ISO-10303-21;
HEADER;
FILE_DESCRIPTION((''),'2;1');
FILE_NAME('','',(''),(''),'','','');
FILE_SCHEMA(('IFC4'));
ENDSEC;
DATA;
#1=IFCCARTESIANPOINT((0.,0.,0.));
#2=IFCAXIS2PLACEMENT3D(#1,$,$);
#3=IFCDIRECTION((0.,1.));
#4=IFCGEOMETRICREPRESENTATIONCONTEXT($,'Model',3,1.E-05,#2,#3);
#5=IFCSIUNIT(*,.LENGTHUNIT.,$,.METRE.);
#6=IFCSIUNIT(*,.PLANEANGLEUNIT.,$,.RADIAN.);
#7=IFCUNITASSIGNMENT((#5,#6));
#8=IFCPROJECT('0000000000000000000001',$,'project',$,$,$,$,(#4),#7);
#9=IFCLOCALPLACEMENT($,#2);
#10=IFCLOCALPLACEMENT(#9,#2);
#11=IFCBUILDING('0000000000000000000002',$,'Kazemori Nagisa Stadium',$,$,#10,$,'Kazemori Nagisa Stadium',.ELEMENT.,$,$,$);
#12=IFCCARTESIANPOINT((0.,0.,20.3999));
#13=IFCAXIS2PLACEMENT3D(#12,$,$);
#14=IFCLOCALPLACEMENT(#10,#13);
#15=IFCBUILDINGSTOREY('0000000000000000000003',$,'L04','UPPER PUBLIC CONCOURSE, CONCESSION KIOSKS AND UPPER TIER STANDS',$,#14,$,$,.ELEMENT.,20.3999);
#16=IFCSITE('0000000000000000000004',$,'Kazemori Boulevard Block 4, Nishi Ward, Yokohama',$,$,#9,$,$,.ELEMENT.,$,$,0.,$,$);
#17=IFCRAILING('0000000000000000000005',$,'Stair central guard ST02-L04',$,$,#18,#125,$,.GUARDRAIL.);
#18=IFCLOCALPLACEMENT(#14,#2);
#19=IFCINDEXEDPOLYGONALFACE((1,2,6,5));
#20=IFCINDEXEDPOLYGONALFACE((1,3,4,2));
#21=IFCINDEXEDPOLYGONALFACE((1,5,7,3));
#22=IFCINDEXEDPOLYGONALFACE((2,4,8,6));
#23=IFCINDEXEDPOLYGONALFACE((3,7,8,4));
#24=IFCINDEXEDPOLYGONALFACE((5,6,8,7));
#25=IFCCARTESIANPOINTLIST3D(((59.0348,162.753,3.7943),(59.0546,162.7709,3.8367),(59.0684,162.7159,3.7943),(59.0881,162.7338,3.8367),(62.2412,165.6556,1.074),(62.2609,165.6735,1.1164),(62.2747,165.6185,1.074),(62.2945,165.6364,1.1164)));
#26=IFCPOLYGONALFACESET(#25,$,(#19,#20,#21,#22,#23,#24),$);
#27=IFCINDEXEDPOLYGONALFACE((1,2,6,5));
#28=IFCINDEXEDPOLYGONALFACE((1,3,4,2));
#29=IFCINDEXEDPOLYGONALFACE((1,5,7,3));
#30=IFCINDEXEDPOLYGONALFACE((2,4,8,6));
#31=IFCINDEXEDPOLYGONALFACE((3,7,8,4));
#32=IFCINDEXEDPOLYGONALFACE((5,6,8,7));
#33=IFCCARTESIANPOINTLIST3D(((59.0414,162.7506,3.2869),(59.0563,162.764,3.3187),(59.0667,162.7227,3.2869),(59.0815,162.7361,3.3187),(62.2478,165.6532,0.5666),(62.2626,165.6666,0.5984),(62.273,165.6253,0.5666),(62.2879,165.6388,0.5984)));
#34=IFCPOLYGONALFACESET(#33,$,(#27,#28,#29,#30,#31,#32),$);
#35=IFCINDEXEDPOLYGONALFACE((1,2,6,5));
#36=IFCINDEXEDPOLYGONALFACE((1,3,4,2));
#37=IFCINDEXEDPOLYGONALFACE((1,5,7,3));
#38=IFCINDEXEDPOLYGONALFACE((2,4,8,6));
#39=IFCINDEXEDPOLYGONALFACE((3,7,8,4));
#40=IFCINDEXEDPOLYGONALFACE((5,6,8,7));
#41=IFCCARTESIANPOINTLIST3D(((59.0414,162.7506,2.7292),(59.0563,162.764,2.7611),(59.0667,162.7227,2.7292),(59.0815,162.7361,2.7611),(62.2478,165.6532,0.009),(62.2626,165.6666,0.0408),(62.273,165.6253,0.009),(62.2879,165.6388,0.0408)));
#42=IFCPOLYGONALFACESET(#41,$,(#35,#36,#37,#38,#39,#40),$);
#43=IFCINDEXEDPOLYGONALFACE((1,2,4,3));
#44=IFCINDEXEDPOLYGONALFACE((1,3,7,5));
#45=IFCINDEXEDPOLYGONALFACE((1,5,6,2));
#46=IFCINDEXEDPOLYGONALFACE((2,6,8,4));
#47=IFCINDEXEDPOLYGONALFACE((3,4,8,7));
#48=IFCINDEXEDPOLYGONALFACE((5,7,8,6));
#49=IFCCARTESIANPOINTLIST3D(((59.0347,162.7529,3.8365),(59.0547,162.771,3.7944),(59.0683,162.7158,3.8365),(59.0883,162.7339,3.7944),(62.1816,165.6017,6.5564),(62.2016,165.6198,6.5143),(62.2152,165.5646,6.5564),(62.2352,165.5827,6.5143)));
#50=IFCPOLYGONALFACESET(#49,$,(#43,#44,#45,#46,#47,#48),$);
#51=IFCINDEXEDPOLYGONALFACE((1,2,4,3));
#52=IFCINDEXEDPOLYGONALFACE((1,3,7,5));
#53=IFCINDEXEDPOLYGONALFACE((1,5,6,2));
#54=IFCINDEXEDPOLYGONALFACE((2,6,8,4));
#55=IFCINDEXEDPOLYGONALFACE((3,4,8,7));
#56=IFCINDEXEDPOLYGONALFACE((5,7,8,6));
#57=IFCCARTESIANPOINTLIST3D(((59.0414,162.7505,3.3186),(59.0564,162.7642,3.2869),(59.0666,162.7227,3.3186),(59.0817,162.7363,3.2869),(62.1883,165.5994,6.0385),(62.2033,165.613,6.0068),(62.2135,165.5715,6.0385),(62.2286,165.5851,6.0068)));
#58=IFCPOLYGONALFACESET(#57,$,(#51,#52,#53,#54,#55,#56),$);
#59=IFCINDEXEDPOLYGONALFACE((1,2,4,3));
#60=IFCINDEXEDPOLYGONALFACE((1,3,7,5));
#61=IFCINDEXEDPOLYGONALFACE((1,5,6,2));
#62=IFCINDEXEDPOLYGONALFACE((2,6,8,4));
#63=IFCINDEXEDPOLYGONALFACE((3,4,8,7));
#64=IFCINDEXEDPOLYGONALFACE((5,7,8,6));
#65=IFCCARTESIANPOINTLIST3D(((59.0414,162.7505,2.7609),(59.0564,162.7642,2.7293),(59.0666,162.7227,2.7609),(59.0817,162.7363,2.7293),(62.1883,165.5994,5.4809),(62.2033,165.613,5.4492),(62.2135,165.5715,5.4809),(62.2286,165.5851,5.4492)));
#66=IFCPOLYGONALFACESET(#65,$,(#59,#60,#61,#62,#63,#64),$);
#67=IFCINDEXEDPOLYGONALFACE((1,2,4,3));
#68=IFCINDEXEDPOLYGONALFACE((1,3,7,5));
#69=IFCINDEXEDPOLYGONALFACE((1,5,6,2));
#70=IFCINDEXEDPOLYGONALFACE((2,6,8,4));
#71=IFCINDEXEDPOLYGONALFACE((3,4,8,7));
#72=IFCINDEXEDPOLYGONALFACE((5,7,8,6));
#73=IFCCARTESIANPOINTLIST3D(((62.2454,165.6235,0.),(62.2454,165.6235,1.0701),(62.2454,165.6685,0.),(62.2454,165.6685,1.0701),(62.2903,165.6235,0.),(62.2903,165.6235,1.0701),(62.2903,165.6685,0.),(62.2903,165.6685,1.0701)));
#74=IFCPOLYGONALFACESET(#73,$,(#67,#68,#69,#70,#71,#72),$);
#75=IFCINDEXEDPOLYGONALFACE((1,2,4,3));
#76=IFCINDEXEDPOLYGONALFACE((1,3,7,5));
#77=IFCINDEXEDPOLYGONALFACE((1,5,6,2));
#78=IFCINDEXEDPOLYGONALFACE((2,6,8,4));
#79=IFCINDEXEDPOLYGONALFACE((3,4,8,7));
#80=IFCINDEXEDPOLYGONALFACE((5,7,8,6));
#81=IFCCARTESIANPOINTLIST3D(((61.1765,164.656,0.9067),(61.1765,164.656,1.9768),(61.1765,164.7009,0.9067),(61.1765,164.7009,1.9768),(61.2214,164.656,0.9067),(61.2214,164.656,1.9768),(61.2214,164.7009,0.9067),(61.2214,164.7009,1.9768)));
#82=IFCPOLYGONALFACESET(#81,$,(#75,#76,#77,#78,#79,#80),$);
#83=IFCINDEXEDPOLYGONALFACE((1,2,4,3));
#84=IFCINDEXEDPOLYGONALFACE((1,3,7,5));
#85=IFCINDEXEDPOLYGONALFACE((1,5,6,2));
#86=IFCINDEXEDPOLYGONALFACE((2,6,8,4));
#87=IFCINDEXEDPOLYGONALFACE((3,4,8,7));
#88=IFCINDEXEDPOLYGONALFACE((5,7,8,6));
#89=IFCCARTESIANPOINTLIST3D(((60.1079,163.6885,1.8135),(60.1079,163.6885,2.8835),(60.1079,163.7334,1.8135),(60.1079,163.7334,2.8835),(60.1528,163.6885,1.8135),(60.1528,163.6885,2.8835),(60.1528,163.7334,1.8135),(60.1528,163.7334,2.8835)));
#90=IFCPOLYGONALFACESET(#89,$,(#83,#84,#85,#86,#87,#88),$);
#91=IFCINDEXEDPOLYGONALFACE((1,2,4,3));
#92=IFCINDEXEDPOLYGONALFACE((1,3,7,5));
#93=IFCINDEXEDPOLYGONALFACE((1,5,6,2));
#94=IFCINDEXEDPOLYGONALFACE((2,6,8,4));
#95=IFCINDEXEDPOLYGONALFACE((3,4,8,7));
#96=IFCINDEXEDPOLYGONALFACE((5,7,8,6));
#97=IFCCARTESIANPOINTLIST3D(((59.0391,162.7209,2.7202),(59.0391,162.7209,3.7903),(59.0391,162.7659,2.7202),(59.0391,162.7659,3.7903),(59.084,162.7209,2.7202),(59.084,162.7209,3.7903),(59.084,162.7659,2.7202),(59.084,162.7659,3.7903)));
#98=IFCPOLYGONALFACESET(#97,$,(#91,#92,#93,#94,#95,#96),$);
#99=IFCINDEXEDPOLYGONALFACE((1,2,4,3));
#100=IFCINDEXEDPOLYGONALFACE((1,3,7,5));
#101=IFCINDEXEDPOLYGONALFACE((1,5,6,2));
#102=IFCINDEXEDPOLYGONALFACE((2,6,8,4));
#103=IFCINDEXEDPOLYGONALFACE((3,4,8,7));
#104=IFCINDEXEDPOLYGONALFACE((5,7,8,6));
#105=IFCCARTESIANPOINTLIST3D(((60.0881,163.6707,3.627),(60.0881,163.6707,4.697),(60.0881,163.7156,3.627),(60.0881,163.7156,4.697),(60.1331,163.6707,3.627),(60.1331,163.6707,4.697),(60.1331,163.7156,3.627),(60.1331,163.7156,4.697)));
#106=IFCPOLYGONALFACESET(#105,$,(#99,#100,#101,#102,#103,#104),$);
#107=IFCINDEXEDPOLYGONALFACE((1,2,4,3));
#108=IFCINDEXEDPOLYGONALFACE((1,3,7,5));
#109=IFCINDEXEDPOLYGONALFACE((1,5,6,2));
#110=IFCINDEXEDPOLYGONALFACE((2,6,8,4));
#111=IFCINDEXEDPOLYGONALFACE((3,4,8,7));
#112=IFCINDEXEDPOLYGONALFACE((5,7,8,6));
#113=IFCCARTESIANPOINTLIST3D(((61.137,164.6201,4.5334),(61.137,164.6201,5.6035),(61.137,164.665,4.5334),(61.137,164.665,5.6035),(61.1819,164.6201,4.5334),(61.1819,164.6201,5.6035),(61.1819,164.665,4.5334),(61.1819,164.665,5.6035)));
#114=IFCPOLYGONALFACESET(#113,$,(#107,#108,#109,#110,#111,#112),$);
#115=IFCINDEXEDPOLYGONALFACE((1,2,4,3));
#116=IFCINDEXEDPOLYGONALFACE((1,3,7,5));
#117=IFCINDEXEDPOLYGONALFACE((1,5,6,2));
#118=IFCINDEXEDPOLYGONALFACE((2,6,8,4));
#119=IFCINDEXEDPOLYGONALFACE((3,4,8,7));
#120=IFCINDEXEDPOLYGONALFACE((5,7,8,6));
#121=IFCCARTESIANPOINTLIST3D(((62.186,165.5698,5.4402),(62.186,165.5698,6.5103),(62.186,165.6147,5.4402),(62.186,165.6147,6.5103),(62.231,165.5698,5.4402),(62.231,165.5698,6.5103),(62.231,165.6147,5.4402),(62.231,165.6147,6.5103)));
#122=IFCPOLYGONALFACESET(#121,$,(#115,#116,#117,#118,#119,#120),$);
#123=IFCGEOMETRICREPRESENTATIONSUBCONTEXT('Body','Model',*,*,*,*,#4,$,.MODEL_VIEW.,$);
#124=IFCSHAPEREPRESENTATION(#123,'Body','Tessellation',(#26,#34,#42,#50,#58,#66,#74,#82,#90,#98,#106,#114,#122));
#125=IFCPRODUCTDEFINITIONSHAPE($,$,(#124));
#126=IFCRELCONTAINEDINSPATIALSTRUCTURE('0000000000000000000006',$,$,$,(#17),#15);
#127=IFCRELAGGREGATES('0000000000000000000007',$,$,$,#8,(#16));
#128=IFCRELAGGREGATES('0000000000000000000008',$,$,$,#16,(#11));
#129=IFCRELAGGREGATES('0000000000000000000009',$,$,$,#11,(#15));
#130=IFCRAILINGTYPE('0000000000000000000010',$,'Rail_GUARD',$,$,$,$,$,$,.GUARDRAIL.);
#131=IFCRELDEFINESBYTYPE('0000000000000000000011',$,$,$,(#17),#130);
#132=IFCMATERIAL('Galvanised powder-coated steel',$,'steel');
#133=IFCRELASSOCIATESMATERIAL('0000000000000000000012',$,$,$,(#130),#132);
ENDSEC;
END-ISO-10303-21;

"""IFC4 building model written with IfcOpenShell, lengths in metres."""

from ifc_helpers import new_model, si_unit, direction, frame, origin, origin_2d, place, context, subcontext, project, spatial, rectangle, extrude, material, type_object, element, save


model = new_model("IFC4")

# Units and contexts
model_context = context("Model", 3, precision=1e-05, world=origin(), true_north=direction((0.0, 1.0)))
body_context = subcontext(model_context, "Body", "Model", "MODEL_VIEW")
ifc_project = project(units=[si_unit("LENGTHUNIT", "METRE"), si_unit("PLANEANGLEUNIT", "RADIAN")], contexts=[model_context])

# Site, building, storey
site_placement = place(None, origin())
site = spatial("IfcSite", under=ifc_project, at=site_placement, Name="Kazemori Boulevard Block 4, Nishi Ward, Yokohama", CompositionType="ELEMENT", RefElevation=0.0)
building_placement = place(site_placement, origin())
building = spatial("IfcBuilding", under=site, at=building_placement, Name="Kazemori Nagisa Stadium", LongName="Kazemori Nagisa Stadium", CompositionType="ELEMENT")
storey_placement = place(building_placement, frame((0.0, 0.0, 20.3999)))
storey = spatial("IfcBuildingStorey", under=building, at=storey_placement, Name="L04", Description="UPPER PUBLIC CONCOURSE, CONCESSION KIOSKS AND UPPER TIER STANDS", CompositionType="ELEMENT", Elevation=20.3999)

# Railing
ifc_material_1 = material(Name="Galvanised powder-coated steel", Category="steel")
railing_type_1 = type_object("IfcRailingType", Name="Rail_GUARD", PredefinedType="GUARDRAIL", material=ifc_material_1)
railing_1_placement = place(storey_placement, frame((62.2678, 165.646, 0.0)))
element("IfcRailing", 1, at=railing_1_placement, inside=storey, type_object=railing_type_1, Name="Stair central guard ST02-L04", PredefinedType="GUARDRAIL", context=body_context, shape_type="SweptSolid", body=[
    extrude(rectangle(XDim=0.05, YDim=0.05, at=origin_2d()), frame((0.0, 0.0, 1.0952), z_axis=(-0.627542, -0.568099, 0.532405), x_axis=(0.671123, -0.741346, 0.0)), (0.0, 0.0, 1.0), 5.1094),
    extrude(rectangle(XDim=0.0376, YDim=0.0376, at=origin_2d()), frame((0.0, 0.0, 0.5825), z_axis=(-0.627542, -0.568099, 0.532405), x_axis=(0.671123, -0.741346, 0.0)), (0.0, 0.0, 1.0), 5.1094),
    extrude(rectangle(XDim=0.0376, YDim=0.0376, at=origin_2d()), frame((0.0, 0.0, 0.0249), z_axis=(-0.627542, -0.568099, 0.532405), x_axis=(0.671123, -0.741346, 0.0)), (0.0, 0.0, 1.0), 5.1094),
    extrude(rectangle(XDim=0.05, YDim=0.05, at=origin_2d()), frame((-3.2063, -2.9026, 3.8154), z_axis=(0.624201, 0.565073, 0.539505), x_axis=(-0.671123, 0.741346, 0.0)), (0.0, 0.0, 1.0), 5.0415),
    extrude(rectangle(XDim=0.0376, YDim=0.0376, at=origin_2d()), frame((-3.2063, -2.9026, 3.3027), z_axis=(0.624201, 0.565073, 0.539505), x_axis=(-0.671123, 0.741346, 0.0)), (0.0, 0.0, 1.0), 5.0415),
    extrude(rectangle(XDim=0.0376, YDim=0.0376, at=origin_2d()), frame((-3.2063, -2.9026, 2.7451), z_axis=(0.624201, 0.565073, 0.539505), x_axis=(-0.671123, 0.741346, 0.0)), (0.0, 0.0, 1.0), 5.0415),
    extrude(rectangle(XDim=0.0449, YDim=0.0449, at=origin_2d()), origin(), (0.0, 0.0, 1.0), 1.0701),
    extrude(rectangle(XDim=0.0449, YDim=0.0449, at=origin_2d()), frame((-1.0688, -0.9675, 0.9067)), (0.0, 0.0, 1.0), 1.0701),
    extrude(rectangle(XDim=0.0449, YDim=0.0449, at=origin_2d()), frame((-2.1375, -1.9351, 1.8135)), (0.0, 0.0, 1.0), 1.0701),
    extrude(rectangle(XDim=0.0449, YDim=0.0449, at=origin_2d()), frame((-3.2063, -2.9026, 2.7202)), (0.0, 0.0, 1.0), 1.0701),
    extrude(rectangle(XDim=0.0449, YDim=0.0449, at=origin_2d()), frame((-2.1572, -1.9529, 3.627)), (0.0, 0.0, 1.0), 1.0701),
    extrude(rectangle(XDim=0.0449, YDim=0.0449, at=origin_2d()), frame((-1.1084, -1.0034, 4.5334)), (0.0, 0.0, 1.0), 1.0701),
    extrude(rectangle(XDim=0.0449, YDim=0.0449, at=origin_2d()), frame((-0.0593, -0.0537, 5.4402)), (0.0, 0.0, 1.0), 1.0701),
])

save(model, "model.ifc")
